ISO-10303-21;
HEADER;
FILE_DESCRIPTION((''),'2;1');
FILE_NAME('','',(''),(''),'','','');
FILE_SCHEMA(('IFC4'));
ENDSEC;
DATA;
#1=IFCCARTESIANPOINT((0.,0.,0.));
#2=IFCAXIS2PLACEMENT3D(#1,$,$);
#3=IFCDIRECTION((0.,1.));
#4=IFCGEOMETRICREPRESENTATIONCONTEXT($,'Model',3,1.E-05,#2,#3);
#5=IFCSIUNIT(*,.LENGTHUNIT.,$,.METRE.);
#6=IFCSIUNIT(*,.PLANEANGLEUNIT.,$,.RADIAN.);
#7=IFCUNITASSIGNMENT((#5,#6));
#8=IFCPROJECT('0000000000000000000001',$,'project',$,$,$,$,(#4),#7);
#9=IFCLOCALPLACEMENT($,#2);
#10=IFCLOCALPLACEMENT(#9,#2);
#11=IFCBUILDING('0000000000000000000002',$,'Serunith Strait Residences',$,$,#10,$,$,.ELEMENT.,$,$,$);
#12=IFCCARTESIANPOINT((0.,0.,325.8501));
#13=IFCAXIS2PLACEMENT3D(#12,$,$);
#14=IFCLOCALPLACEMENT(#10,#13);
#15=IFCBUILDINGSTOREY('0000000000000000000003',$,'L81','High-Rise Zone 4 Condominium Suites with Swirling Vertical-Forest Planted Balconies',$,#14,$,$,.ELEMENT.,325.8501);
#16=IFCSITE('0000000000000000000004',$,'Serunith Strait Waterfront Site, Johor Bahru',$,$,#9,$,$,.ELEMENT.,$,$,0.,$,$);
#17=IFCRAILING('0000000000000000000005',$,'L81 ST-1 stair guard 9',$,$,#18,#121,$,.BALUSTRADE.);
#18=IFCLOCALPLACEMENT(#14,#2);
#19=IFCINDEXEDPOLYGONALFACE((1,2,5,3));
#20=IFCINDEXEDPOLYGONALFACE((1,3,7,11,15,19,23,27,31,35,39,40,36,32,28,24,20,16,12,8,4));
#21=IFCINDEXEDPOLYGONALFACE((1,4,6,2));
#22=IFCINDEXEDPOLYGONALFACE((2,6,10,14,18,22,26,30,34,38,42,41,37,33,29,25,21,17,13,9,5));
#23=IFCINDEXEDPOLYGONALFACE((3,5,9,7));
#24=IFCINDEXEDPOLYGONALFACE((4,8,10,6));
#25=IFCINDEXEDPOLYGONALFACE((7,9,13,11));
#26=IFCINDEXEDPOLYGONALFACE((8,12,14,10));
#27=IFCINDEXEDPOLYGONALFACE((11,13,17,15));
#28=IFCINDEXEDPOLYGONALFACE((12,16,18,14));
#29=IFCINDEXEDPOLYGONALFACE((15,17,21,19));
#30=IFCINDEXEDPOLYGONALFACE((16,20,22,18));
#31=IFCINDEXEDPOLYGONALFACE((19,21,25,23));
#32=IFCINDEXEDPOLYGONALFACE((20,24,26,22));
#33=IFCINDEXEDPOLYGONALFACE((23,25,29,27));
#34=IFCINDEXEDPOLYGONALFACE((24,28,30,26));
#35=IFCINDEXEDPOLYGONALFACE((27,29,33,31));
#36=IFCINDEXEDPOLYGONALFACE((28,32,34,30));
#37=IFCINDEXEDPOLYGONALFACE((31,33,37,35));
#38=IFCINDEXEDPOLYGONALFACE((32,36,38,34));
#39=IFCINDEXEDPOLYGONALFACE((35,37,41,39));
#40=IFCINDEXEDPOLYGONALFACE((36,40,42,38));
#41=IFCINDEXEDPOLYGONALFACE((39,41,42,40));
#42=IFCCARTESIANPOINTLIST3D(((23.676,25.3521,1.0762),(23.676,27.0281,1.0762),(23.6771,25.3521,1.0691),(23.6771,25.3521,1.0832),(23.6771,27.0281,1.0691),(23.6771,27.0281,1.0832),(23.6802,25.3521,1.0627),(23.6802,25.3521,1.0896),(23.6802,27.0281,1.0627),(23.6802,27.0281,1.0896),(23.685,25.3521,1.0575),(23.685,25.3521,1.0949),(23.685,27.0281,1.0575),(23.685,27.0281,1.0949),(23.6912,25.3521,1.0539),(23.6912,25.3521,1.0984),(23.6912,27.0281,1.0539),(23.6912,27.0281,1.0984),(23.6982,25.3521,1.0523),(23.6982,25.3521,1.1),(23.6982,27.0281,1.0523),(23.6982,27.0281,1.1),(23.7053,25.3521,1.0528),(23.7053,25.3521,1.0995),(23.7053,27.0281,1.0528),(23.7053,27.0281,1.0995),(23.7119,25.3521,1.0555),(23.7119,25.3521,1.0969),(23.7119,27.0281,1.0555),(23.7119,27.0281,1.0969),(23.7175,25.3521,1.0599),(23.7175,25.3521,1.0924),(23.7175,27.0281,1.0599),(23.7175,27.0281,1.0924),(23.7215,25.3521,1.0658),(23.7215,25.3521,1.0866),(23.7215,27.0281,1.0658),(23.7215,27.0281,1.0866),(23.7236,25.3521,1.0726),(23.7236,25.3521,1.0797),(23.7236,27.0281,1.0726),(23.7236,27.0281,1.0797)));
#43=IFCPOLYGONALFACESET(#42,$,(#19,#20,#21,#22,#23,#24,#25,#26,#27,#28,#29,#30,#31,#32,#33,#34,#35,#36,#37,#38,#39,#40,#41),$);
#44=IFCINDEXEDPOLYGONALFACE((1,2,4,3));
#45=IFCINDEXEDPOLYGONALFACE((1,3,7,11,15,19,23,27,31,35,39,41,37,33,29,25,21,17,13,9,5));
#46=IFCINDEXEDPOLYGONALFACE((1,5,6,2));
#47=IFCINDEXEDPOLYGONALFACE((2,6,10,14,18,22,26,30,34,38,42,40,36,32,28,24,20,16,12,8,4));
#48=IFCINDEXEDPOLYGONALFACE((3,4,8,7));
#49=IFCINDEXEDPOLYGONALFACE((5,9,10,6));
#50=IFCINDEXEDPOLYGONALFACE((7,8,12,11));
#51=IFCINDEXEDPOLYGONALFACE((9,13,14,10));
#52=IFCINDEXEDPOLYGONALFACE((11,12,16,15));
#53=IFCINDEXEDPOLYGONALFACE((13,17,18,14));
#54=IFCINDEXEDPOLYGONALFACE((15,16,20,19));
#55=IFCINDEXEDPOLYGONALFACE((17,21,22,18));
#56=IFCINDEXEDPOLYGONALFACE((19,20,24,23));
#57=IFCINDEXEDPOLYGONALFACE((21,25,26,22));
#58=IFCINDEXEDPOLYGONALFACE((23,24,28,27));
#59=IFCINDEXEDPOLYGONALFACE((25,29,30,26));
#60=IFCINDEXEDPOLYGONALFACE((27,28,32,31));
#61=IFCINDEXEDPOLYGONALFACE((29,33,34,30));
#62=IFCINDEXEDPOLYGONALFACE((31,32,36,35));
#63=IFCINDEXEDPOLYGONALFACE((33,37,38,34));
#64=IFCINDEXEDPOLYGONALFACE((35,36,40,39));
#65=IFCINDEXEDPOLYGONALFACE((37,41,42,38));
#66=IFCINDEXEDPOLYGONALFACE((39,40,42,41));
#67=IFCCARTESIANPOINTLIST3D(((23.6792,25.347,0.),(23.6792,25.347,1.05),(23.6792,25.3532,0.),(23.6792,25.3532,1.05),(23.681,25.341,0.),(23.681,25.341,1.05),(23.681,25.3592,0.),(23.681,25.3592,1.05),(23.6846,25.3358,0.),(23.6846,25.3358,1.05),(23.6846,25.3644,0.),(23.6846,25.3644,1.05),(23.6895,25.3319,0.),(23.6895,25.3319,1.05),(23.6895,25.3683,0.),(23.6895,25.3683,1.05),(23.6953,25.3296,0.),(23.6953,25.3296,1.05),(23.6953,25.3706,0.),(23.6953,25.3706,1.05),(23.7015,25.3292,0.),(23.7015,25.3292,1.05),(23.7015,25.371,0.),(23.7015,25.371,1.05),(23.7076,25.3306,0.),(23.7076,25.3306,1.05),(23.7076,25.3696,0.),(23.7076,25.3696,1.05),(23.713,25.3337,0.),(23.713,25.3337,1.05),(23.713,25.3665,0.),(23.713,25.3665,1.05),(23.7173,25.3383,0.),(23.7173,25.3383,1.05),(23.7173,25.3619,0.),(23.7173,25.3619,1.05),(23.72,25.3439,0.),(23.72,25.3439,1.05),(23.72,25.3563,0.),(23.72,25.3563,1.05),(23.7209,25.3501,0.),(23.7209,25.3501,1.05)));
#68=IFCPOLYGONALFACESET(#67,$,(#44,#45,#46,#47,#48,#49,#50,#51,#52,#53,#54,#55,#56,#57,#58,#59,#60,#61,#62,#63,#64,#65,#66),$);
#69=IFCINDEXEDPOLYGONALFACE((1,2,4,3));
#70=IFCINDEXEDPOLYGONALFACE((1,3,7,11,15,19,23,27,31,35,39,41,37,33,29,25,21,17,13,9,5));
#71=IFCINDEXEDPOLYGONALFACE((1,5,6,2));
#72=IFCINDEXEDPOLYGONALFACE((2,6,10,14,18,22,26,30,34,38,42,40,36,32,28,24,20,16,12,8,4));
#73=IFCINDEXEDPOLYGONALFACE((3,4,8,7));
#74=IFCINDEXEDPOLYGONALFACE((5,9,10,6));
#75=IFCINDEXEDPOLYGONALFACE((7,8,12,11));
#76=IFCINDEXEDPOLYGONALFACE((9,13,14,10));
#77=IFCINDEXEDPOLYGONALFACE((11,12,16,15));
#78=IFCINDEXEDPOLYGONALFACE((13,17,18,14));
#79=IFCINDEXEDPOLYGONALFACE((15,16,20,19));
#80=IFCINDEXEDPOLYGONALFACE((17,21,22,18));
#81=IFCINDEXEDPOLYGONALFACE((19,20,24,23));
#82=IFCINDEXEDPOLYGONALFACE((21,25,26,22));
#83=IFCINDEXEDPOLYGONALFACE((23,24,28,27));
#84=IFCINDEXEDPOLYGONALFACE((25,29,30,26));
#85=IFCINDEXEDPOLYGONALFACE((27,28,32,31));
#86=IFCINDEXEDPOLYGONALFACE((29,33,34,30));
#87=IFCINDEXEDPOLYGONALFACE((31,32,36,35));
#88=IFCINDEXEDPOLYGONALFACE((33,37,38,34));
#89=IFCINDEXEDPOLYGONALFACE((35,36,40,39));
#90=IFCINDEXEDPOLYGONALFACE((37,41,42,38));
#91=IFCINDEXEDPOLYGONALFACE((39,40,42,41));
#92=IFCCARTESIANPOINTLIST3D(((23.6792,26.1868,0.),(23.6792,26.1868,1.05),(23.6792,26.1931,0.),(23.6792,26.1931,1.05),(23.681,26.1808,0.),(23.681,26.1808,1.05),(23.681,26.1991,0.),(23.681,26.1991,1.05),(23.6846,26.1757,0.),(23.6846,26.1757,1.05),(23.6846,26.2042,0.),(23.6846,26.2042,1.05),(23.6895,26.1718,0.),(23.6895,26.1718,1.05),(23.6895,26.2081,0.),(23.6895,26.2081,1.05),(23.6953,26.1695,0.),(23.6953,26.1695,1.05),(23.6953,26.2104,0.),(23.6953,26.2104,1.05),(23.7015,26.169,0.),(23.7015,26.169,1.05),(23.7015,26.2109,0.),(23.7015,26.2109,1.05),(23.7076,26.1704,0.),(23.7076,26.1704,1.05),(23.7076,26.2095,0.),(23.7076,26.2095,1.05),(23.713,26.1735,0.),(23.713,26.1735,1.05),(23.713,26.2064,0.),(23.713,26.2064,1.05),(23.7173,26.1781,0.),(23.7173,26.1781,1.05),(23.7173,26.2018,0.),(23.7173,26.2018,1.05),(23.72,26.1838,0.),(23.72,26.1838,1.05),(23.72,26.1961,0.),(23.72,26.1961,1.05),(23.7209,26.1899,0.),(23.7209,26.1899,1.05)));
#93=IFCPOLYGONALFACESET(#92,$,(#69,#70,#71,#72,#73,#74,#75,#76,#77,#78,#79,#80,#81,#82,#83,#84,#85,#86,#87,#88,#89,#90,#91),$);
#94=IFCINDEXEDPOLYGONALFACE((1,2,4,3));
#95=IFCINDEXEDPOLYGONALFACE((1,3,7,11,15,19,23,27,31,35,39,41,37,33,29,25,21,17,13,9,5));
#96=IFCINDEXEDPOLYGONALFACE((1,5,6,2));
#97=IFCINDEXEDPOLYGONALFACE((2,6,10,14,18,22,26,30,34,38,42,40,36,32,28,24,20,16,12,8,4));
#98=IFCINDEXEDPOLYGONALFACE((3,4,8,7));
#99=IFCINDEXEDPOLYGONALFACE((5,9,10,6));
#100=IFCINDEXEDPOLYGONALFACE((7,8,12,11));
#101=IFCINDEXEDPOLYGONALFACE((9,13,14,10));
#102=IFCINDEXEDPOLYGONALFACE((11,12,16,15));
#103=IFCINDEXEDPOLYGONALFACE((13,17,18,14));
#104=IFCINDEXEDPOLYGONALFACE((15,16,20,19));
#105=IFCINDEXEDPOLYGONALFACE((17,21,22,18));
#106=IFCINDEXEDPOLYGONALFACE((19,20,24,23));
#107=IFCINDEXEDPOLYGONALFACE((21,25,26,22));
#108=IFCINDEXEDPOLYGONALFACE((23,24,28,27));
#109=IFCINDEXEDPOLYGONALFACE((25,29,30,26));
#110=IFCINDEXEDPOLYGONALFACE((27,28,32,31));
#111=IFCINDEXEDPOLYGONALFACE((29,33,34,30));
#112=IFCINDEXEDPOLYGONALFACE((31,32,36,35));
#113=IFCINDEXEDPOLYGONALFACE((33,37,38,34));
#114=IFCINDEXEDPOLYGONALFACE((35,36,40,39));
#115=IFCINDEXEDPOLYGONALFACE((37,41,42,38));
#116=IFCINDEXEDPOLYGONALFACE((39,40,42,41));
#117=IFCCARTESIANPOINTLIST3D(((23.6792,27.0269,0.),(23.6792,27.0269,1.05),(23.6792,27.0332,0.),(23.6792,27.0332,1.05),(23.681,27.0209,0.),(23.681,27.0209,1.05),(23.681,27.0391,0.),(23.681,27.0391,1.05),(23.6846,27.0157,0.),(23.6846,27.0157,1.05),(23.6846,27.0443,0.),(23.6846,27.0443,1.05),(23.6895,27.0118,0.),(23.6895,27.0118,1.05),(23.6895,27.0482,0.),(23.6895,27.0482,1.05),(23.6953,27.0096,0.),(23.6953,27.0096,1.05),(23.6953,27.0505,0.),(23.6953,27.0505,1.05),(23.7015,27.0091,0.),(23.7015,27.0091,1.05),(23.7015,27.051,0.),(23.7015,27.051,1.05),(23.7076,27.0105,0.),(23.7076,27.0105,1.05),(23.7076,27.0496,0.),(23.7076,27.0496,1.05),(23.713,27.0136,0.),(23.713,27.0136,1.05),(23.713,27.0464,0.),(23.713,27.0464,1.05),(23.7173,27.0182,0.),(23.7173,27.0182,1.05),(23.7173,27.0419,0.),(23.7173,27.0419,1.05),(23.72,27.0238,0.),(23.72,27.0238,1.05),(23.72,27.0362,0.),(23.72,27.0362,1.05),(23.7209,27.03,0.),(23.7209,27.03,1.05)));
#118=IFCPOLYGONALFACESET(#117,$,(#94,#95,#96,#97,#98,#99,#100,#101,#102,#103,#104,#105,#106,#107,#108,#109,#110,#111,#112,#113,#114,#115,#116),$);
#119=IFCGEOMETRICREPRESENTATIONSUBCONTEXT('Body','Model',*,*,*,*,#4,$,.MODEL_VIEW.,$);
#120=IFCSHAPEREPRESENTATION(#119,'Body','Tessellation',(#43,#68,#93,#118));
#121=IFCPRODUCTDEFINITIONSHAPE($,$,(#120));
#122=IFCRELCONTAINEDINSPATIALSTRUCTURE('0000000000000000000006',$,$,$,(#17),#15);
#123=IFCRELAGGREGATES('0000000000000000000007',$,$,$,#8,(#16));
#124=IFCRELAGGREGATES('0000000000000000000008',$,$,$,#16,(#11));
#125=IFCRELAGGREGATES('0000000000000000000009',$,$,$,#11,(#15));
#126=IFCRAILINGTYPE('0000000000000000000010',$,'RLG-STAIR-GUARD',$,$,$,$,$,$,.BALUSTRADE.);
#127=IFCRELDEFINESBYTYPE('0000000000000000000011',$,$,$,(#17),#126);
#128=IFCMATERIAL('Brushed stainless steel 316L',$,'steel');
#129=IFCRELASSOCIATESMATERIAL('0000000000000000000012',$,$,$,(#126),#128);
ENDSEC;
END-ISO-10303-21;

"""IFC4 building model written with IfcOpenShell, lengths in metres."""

from ifc_helpers import new_model, si_unit, direction, frame, origin, origin_2d, place, context, subcontext, project, spatial, circle, extrude, material, type_object, element, save


model = new_model("IFC4")

# Units and contexts
model_context = context("Model", 3, precision=1e-05, world=origin(), true_north=direction((0.0, 1.0)))
body_context = subcontext(model_context, "Body", "Model", "MODEL_VIEW")
ifc_project = project(units=[si_unit("LENGTHUNIT", "METRE"), si_unit("PLANEANGLEUNIT", "RADIAN")], contexts=[model_context])

# Site, building, storey
site_placement = place(None, origin())
site = spatial("IfcSite", under=ifc_project, at=site_placement, Name="Serunith Strait Waterfront Site, Johor Bahru", CompositionType="ELEMENT", RefElevation=0.0)
building_placement = place(site_placement, origin())
building = spatial("IfcBuilding", under=site, at=building_placement, Name="Serunith Strait Residences", CompositionType="ELEMENT")
storey_placement = place(building_placement, frame((0.0, 0.0, 325.8501)))
storey = spatial("IfcBuildingStorey", under=building, at=storey_placement, Name="L81", Description="High-Rise Zone 4 Condominium Suites with Swirling Vertical-Forest Planted Balconies", CompositionType="ELEMENT", Elevation=325.8501)

# Railing
ifc_material_1 = material(Name="Brushed stainless steel 316L", Category="steel")
railing_type_1 = type_object("IfcRailingType", Name="RLG-STAIR-GUARD", PredefinedType="BALUSTRADE", material=ifc_material_1)
for number, where, name in (
    (1, (23.7, 25.3501, 0.0), "L81 ST-1 stair guard 9"),
):
    element("IfcRailing", number, at=place(storey_placement, frame(where)), inside=storey, type_object=railing_type_1, Name=name, PredefinedType="BALUSTRADE", context=body_context, shape_type="SweptSolid", body=[
        extrude(circle(Radius=0.0239, at=origin_2d()), frame((0.0, 0.002, 1.0762), z_axis=(0.0, 1.0, 0.0), x_axis=(-1.0, 0.0, 0.0)), (0.0, 0.0, 1.0), 1.676),
        extrude(circle(Radius=0.021, at=origin_2d()), origin(), (0.0, 0.0, 1.0), 1.05),
        extrude(circle(Radius=0.021, at=origin_2d()), frame((0.0, 0.8398, 0.0)), (0.0, 0.0, 1.0), 1.05),
        extrude(circle(Radius=0.021, at=origin_2d()), frame((0.0, 1.6799, 0.0)), (0.0, 0.0, 1.0), 1.05),
    ])

save(model, "model.ifc")
